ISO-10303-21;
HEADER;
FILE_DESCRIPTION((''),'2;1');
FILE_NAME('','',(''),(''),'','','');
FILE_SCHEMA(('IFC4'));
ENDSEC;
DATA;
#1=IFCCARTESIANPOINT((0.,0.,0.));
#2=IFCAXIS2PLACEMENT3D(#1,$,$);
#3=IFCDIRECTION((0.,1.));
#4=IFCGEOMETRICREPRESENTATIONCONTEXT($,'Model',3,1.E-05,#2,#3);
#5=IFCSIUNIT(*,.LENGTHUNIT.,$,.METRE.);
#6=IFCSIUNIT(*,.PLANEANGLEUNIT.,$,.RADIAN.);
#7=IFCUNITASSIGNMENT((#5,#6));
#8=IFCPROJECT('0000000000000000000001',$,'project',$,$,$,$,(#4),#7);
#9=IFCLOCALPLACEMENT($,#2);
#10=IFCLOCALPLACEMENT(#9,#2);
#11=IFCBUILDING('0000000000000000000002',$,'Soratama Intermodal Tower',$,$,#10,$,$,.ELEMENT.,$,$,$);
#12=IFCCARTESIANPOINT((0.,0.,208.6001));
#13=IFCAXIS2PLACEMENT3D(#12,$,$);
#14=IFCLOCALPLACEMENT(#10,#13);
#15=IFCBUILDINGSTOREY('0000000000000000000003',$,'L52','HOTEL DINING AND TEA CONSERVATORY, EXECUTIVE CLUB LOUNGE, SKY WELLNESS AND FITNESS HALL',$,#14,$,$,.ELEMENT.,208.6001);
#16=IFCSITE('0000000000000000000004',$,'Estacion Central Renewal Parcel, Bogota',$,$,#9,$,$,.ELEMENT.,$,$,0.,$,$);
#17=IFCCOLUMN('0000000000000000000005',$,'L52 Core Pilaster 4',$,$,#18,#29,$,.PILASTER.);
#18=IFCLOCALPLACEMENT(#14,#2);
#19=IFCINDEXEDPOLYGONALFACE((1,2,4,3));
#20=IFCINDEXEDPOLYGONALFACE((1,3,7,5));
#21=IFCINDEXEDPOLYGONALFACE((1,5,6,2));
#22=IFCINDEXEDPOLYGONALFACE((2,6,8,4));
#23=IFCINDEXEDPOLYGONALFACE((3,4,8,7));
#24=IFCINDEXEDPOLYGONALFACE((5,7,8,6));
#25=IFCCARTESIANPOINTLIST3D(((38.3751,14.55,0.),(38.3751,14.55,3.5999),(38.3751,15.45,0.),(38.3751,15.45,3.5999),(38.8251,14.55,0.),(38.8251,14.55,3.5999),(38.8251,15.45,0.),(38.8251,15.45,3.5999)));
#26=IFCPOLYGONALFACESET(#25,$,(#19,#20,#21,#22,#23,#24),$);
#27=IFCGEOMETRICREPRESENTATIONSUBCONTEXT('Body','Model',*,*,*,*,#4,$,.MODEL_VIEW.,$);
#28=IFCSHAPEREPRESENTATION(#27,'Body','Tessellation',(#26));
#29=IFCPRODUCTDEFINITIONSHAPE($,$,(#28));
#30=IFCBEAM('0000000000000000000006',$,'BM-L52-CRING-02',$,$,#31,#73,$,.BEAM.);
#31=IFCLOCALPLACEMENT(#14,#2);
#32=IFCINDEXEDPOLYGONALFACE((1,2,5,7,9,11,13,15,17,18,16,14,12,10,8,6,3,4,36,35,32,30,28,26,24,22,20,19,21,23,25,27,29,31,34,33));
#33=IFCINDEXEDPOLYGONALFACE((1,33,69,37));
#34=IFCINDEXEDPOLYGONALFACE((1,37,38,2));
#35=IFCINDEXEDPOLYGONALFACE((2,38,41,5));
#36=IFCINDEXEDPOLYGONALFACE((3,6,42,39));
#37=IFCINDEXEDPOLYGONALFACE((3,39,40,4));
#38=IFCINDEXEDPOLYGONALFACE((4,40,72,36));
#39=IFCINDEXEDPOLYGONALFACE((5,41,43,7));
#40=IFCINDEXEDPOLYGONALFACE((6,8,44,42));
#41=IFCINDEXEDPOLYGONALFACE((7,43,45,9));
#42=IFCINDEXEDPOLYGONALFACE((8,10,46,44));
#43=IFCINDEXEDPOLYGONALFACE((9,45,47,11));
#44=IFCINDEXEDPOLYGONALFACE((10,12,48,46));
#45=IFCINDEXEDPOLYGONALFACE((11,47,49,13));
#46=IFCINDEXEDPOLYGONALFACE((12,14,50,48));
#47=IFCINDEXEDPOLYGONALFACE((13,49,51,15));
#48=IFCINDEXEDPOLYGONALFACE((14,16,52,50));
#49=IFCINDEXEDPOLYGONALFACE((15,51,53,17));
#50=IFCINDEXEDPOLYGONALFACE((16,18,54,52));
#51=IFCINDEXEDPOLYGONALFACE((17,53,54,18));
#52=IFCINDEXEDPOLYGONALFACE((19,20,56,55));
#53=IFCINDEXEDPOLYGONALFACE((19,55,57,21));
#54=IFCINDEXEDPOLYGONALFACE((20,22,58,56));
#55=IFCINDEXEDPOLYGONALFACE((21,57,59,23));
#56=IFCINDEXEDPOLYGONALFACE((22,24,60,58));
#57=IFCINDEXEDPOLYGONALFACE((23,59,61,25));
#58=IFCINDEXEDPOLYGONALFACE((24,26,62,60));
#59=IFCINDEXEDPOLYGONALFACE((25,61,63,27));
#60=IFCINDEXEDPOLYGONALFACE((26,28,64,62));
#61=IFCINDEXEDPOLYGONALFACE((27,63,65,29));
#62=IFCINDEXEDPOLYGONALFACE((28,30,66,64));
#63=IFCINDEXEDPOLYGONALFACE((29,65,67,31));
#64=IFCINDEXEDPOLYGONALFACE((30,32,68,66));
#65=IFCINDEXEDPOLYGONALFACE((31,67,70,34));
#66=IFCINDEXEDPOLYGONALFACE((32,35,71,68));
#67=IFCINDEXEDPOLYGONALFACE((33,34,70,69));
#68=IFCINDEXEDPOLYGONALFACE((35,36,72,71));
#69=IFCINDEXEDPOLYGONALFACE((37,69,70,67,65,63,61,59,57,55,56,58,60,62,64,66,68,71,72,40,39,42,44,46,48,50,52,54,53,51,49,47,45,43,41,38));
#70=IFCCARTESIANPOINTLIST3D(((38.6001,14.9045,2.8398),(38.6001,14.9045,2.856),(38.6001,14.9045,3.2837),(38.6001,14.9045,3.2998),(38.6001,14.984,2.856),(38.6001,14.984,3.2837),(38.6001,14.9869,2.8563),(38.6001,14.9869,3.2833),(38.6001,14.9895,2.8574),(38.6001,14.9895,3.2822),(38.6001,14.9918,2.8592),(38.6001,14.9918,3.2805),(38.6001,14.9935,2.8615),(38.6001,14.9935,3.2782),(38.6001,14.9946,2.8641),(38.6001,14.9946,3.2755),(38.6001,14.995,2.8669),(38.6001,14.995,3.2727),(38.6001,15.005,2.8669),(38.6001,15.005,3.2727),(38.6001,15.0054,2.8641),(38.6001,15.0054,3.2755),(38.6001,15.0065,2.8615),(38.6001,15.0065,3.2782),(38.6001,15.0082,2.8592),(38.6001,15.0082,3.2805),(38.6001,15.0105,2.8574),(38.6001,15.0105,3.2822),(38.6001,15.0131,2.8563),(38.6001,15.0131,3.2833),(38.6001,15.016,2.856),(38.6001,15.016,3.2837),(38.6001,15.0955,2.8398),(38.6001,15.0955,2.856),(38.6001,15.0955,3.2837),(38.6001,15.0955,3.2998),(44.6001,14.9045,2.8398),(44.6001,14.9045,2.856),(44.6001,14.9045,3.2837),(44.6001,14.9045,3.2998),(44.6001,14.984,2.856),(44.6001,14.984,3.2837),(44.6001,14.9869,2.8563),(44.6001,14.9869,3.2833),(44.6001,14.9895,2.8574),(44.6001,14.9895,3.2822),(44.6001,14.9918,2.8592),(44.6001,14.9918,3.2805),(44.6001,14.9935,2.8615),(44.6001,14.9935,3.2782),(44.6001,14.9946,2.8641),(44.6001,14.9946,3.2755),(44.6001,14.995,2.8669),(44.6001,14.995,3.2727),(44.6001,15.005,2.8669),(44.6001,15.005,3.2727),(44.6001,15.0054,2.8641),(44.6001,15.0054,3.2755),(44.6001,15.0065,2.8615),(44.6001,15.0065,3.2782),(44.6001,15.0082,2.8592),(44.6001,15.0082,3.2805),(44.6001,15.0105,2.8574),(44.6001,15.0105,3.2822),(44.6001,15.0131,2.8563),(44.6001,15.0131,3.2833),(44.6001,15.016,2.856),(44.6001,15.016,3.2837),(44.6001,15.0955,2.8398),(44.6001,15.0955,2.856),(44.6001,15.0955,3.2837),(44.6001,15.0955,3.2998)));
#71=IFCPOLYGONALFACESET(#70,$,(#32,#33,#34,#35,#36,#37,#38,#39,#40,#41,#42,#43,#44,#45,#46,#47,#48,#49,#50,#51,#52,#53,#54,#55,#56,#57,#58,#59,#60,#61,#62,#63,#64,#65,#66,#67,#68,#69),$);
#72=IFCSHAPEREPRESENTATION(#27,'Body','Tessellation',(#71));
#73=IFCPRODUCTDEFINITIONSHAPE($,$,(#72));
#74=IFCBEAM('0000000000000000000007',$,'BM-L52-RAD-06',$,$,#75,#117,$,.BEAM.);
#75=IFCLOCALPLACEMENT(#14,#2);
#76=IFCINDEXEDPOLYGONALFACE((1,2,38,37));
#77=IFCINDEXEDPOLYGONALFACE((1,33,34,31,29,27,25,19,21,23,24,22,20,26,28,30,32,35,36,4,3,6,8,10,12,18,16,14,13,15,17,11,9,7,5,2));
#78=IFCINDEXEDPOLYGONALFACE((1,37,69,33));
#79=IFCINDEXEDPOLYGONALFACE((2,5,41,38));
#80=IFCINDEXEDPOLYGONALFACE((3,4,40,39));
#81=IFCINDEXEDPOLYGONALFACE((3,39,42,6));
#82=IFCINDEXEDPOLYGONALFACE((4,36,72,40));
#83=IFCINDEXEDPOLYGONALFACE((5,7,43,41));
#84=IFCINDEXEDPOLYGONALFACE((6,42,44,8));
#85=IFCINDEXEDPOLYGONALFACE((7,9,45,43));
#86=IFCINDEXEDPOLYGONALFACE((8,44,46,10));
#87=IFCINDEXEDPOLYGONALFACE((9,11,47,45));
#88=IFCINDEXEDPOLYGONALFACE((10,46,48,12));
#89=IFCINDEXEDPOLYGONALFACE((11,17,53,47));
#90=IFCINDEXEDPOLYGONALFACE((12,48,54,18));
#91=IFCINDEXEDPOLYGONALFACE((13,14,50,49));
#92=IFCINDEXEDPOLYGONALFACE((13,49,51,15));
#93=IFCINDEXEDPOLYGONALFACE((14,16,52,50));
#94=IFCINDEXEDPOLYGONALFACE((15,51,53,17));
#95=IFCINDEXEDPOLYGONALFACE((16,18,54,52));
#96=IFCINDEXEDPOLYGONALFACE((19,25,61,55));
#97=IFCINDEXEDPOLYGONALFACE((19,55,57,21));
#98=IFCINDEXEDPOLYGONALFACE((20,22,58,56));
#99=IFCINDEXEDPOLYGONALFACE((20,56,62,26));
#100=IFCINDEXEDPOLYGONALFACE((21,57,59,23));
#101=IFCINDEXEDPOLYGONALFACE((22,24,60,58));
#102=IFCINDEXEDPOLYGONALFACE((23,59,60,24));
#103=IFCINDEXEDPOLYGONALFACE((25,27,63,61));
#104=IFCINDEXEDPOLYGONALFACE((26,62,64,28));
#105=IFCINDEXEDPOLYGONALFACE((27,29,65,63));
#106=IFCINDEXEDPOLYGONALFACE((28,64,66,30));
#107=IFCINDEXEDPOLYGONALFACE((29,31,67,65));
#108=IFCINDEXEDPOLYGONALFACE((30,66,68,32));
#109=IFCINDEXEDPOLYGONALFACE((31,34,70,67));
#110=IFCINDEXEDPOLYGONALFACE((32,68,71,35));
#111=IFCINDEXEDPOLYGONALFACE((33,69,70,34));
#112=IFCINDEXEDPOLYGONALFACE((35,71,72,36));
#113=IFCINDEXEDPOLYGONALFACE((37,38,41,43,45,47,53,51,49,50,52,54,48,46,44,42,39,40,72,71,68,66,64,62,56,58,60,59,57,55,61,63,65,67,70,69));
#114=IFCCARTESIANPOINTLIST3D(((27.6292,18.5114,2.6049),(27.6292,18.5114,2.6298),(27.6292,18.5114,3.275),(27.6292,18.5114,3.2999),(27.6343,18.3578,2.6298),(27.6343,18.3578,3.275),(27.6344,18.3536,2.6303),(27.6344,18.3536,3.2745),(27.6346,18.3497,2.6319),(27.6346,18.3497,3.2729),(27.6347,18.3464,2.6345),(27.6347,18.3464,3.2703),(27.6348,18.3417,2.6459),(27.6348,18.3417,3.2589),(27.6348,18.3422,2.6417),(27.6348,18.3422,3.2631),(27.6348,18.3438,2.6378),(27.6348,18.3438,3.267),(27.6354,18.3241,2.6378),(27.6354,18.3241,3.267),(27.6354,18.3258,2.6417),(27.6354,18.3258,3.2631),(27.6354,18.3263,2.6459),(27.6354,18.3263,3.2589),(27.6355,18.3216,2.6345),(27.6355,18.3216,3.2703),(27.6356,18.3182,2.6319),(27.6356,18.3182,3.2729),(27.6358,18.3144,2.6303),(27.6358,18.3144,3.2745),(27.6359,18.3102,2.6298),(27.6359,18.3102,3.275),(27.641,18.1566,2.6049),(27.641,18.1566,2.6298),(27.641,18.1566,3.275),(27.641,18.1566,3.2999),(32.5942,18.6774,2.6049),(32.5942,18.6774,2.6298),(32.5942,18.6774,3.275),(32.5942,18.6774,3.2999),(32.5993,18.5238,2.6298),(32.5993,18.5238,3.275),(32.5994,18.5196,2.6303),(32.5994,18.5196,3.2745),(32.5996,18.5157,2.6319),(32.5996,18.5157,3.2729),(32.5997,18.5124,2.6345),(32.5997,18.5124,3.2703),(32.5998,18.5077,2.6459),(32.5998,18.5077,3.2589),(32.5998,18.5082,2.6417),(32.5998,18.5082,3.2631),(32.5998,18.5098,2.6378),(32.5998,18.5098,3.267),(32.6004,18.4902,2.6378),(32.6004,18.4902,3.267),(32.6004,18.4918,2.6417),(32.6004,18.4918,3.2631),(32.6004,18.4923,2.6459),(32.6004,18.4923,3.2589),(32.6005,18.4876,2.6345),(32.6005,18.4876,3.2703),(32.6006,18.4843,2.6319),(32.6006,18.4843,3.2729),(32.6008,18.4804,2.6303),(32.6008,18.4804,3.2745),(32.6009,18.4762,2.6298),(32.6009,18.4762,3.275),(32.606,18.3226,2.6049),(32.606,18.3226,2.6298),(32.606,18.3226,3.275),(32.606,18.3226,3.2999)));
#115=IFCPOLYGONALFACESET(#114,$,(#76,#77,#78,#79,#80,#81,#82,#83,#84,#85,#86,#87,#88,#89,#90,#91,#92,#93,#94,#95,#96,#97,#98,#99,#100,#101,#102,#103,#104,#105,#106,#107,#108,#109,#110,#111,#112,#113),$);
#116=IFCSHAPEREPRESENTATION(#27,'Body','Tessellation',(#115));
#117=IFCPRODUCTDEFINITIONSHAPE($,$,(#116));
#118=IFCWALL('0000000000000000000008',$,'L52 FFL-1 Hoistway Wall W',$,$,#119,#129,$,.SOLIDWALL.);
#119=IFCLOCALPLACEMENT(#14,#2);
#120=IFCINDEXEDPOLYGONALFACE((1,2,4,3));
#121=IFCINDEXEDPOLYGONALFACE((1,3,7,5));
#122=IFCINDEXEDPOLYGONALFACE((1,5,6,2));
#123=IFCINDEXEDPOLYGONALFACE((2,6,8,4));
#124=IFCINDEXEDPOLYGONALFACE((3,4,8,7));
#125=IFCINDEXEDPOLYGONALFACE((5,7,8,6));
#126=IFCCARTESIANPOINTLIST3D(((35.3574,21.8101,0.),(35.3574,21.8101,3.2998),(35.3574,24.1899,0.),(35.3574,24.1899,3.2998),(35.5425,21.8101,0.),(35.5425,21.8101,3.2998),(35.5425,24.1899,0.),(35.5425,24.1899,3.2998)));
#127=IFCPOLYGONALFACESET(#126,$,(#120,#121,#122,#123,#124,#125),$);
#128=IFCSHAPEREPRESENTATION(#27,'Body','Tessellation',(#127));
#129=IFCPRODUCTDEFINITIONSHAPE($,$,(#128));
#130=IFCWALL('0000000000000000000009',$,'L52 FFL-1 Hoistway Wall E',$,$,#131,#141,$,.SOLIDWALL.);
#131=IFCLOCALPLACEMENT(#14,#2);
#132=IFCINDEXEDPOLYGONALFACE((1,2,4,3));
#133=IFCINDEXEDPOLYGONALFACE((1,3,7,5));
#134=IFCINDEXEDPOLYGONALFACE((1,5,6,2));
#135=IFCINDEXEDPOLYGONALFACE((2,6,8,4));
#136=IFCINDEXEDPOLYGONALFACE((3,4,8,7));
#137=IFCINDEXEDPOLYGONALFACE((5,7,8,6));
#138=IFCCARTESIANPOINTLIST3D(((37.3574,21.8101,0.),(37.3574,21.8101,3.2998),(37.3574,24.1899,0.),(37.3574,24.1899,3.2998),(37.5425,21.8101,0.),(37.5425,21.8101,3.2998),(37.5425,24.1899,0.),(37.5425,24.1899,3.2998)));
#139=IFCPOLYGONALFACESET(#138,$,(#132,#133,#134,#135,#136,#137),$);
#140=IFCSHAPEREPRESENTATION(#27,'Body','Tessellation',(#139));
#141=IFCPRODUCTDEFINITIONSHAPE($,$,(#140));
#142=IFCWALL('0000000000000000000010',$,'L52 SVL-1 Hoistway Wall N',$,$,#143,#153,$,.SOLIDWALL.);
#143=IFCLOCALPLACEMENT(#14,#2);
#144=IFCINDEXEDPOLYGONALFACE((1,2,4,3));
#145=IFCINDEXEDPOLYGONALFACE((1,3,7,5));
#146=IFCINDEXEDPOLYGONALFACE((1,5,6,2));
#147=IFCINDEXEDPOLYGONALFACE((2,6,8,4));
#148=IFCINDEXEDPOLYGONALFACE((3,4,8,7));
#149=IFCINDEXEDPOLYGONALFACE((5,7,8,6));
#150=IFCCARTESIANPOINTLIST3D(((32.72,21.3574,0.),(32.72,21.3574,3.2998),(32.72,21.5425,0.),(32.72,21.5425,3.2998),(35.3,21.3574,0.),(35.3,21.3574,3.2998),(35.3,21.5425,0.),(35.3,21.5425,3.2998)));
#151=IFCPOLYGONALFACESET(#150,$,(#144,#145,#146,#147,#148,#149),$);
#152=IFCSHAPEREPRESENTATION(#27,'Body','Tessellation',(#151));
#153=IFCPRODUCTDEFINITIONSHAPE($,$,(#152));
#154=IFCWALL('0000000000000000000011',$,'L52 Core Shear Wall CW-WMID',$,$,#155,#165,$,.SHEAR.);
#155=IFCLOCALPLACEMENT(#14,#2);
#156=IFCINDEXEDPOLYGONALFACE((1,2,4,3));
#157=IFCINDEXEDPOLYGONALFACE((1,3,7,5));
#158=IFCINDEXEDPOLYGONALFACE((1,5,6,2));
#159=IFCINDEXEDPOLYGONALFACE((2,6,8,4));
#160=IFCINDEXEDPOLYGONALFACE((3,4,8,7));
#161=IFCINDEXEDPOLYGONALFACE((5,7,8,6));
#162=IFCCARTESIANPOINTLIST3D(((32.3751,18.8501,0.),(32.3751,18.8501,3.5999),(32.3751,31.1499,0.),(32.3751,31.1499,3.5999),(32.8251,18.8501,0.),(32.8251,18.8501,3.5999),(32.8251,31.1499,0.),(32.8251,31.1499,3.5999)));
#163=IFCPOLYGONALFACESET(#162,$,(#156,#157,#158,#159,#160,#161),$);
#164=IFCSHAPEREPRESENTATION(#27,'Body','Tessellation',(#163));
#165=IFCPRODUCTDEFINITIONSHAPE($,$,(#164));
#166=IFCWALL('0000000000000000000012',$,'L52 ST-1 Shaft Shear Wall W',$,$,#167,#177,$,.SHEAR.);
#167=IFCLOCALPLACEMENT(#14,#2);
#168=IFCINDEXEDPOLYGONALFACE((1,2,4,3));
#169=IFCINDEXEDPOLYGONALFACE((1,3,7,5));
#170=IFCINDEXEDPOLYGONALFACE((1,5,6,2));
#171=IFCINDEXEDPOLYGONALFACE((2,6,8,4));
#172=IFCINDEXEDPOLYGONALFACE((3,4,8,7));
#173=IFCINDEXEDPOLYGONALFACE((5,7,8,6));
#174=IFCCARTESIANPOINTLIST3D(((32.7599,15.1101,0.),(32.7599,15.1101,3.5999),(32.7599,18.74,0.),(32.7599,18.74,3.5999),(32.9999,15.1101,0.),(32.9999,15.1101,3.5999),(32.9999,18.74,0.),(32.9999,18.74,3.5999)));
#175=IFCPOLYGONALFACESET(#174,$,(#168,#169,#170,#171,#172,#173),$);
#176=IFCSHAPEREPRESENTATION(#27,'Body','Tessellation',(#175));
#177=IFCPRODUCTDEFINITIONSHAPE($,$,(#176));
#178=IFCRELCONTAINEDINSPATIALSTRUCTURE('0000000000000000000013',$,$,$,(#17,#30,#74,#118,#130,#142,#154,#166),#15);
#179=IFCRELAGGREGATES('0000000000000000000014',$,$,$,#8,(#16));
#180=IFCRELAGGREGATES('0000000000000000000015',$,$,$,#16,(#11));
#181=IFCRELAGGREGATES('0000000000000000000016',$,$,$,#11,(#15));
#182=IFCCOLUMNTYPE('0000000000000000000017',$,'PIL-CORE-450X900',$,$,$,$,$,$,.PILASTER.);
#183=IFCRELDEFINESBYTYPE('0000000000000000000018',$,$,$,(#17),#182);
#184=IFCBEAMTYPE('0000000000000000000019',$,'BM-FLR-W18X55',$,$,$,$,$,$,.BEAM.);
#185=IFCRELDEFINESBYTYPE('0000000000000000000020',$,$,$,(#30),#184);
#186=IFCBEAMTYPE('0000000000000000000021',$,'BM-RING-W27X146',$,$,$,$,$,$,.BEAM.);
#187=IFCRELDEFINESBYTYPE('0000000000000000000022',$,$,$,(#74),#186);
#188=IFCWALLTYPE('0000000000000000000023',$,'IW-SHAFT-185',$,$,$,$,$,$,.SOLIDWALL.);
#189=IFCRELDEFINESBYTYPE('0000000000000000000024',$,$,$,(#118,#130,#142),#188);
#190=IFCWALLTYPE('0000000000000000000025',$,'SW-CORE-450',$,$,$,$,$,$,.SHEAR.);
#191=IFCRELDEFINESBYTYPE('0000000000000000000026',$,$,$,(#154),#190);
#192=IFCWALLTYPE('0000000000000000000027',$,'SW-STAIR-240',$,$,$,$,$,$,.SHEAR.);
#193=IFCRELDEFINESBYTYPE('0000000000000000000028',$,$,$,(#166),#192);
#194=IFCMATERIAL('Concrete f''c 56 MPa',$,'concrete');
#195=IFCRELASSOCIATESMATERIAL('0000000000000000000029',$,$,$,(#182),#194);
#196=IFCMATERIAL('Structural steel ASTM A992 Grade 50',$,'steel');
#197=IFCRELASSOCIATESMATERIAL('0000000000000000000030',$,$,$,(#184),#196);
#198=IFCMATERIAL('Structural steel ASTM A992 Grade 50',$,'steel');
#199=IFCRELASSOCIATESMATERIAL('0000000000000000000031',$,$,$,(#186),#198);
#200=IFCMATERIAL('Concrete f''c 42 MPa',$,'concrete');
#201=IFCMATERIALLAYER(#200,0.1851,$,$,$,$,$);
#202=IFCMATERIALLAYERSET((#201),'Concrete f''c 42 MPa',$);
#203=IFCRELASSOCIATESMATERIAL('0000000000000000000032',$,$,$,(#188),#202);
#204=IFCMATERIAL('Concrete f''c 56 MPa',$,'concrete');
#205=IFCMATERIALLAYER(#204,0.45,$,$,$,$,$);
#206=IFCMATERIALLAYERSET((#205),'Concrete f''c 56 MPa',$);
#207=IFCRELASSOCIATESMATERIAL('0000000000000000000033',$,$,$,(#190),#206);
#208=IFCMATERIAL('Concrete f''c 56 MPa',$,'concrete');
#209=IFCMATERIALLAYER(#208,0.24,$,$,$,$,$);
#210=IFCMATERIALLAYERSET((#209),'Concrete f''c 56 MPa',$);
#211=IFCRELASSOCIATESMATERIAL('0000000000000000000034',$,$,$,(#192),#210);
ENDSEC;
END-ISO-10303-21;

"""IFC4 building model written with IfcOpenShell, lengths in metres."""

from ifc_helpers import new_model, si_unit, direction, frame, frame_2d, origin, origin_2d, place, context, subcontext, project, spatial, rectangle, i_section, extrude, material, layer, layer_set, material_profile, profile_set, type_object, element, save


model = new_model("IFC4")

# Units and contexts
model_context = context("Model", 3, precision=1e-05, world=origin(), true_north=direction((0.0, 1.0)))
body_context = subcontext(model_context, "Body", "Model", "MODEL_VIEW")
ifc_project = project(units=[si_unit("LENGTHUNIT", "METRE"), si_unit("PLANEANGLEUNIT", "RADIAN")], contexts=[model_context])

# Site, building, storey
site_placement = place(None, origin())
site = spatial("IfcSite", under=ifc_project, at=site_placement, Name="Estacion Central Renewal Parcel, Bogota", CompositionType="ELEMENT", RefElevation=0.0)
building_placement = place(site_placement, origin())
building = spatial("IfcBuilding", under=site, at=building_placement, Name="Soratama Intermodal Tower", CompositionType="ELEMENT")
storey_placement = place(building_placement, frame((0.0, 0.0, 208.6001)))
storey = spatial("IfcBuildingStorey", under=building, at=storey_placement, Name="L52", Description="HOTEL DINING AND TEA CONSERVATORY, EXECUTIVE CLUB LOUNGE, SKY WELLNESS AND FITNESS HALL", CompositionType="ELEMENT", Elevation=208.6001)

# Column
ifc_material_1 = material(Name="Concrete f'c 56 MPa", Category="concrete")
ifc_material_profile_1 = material_profile(ifc_material_1, rectangle(XDim=0.45, YDim=0.8999, at=origin_2d()), Name="RC450X900")
ifc_profile_set_1 = profile_set([ifc_material_profile_1], Name="Concrete f'c 56 MPa")
column_type = type_object("IfcColumnType", Name="PIL-CORE-450X900", PredefinedType="PILASTER", material=ifc_profile_set_1)
column_placement = place(storey_placement, frame((38.6001, 15.0, 0.0), z_axis=(0.0, 0.0, 1.0), x_axis=(1.0, 0.0, 0.0)))
element("IfcColumn", 1, at=column_placement, inside=storey, type_object=column_type, Name="L52 Core Pilaster 4", PredefinedType="PILASTER", context=body_context, shape_type="SweptSolid", body=[
    extrude(rectangle(XDim=0.45, YDim=0.8999, at=origin_2d()), origin(), (0.0, 0.0, 1.0), 3.5999),
])

# Beams
ifc_material_2 = material(Name="Structural steel ASTM A992 Grade 50", Category="steel")
ifc_material_profile_2 = material_profile(ifc_material_2, i_section(OverallWidth=0.1909, OverallDepth=0.46, WebThickness=0.01, FlangeThickness=0.0161, FilletRadius=0.011, at=origin_2d()), Name="W18X55")
ifc_profile_set_2 = profile_set([ifc_material_profile_2], Name="Structural steel ASTM A992 Grade 50")
beam_type_1 = type_object("IfcBeamType", Name="BM-FLR-W18X55", PredefinedType="BEAM", material=ifc_profile_set_2)
beam_1_placement = place(storey_placement, frame((38.6001, 15.0, 3.0698), z_axis=(1.0, 0.0, 0.0), x_axis=(0.0, 1.0, 0.0)))
element("IfcBeam", 2, at=beam_1_placement, inside=storey, type_object=beam_type_1, Name="BM-L52-CRING-02", PredefinedType="BEAM", context=body_context, shape_type="SweptSolid", body=[
    extrude(i_section(OverallWidth=0.1909, OverallDepth=0.46, WebThickness=0.01, FlangeThickness=0.0161, FilletRadius=0.011, at=origin_2d()), origin(), (0.0, 0.0, 1.0), 6.0),
])
ifc_material_3 = material(Name="Structural steel ASTM A992 Grade 50", Category="steel")
ifc_material_profile_3 = material_profile(ifc_material_3, i_section(OverallWidth=0.355, OverallDepth=0.6951, WebThickness=0.0154, FlangeThickness=0.0249, FilletRadius=0.0161, at=origin_2d()), Name="W27X146")
ifc_profile_set_3 = profile_set([ifc_material_profile_3], Name="Structural steel ASTM A992 Grade 50")
beam_type_2 = type_object("IfcBeamType", Name="BM-RING-W27X146", PredefinedType="BEAM", material=ifc_profile_set_3)
beam_2_placement = place(storey_placement, frame((32.6001, 18.5, 2.9524), z_axis=(-0.999441, -0.033418, 0.0), x_axis=(0.033418, -0.999441, 0.0)))
element("IfcBeam", 3, at=beam_2_placement, inside=storey, type_object=beam_type_2, Name="BM-L52-RAD-06", PredefinedType="BEAM", context=body_context, shape_type="SweptSolid", body=[
    extrude(i_section(OverallWidth=0.355, OverallDepth=0.6951, WebThickness=0.0154, FlangeThickness=0.0249, FilletRadius=0.0161, at=origin_2d()), origin(), (0.0, 0.0, 1.0), 4.9678),
])

# Shared definitions
ifc_material_4 = material(Name="Concrete f'c 42 MPa", Category="concrete")
ifc_layer_1 = layer(ifc_material_4, 0.1851)
ifc_layer_set_1 = layer_set([ifc_layer_1], Name="Concrete f'c 42 MPa")
wall_type_1 = type_object("IfcWallType", Name="IW-SHAFT-185", PredefinedType="SOLIDWALL", material=ifc_layer_set_1)

# Walls
for number, where, z_axis, x_axis, name in (
    (4, (35.45, 21.8101, 0.0), (0.0, 0.0, 1.0), (0.0, 1.0, 0.0), "L52 FFL-1 Hoistway Wall W"),
    (5, (37.45, 21.8101, 0.0), (0.0, 0.0, 1.0), (0.0, 1.0, 0.0), "L52 FFL-1 Hoistway Wall E"),
):
    element("IfcWall", number, at=place(storey_placement, frame(where, z_axis=z_axis, x_axis=x_axis)), inside=storey, type_object=wall_type_1, Name=name, PredefinedType="SOLIDWALL", context=body_context, shape_type="SweptSolid", body=[
        extrude(rectangle(XDim=2.3799, YDim=0.1851, at=frame_2d((1.1899, 0.0))), origin(), (0.0, 0.0, 1.0), 3.2998),
    ])

# Wall
wall_1_placement = place(storey_placement, frame((32.72, 21.45, 0.0), z_axis=(0.0, 0.0, 1.0), x_axis=(1.0, 0.0, 0.0)))
element("IfcWall", 6, at=wall_1_placement, inside=storey, type_object=wall_type_1, Name="L52 SVL-1 Hoistway Wall N", PredefinedType="SOLIDWALL", context=body_context, shape_type="SweptSolid", body=[
    extrude(rectangle(XDim=2.5801, YDim=0.1851, at=frame_2d((1.29, 0.0))), origin(), (0.0, 0.0, 1.0), 3.2998),
])

# Walls
ifc_material_5 = material(Name="Concrete f'c 56 MPa", Category="concrete")
ifc_layer_2 = layer(ifc_material_5, 0.45)
ifc_layer_set_2 = layer_set([ifc_layer_2], Name="Concrete f'c 56 MPa")
wall_type_2 = type_object("IfcWallType", Name="SW-CORE-450", PredefinedType="SHEAR", material=ifc_layer_set_2)
wall_2_placement = place(storey_placement, frame((32.6001, 18.8501, 0.0), z_axis=(0.0, 0.0, 1.0), x_axis=(0.0, 1.0, 0.0)))
element("IfcWall", 7, at=wall_2_placement, inside=storey, type_object=wall_type_2, Name="L52 Core Shear Wall CW-WMID", PredefinedType="SHEAR", context=body_context, shape_type="SweptSolid", body=[
    extrude(rectangle(XDim=12.2998, YDim=0.45, at=frame_2d((6.1499, 0.0))), origin(), (0.0, 0.0, 1.0), 3.5999),
])
ifc_material_6 = material(Name="Concrete f'c 56 MPa", Category="concrete")
ifc_layer_3 = layer(ifc_material_6, 0.24)
ifc_layer_set_3 = layer_set([ifc_layer_3], Name="Concrete f'c 56 MPa")
wall_type_3 = type_object("IfcWallType", Name="SW-STAIR-240", PredefinedType="SHEAR", material=ifc_layer_set_3)
wall_3_placement = place(storey_placement, frame((32.8799, 15.1101, 0.0), z_axis=(0.0, 0.0, 1.0), x_axis=(0.0, 1.0, 0.0)))
element("IfcWall", 8, at=wall_3_placement, inside=storey, type_object=wall_type_3, Name="L52 ST-1 Shaft Shear Wall W", PredefinedType="SHEAR", context=body_context, shape_type="SweptSolid", body=[
    extrude(rectangle(XDim=3.6299, YDim=0.24, at=frame_2d((1.8149, 0.0))), origin(), (0.0, 0.0, 1.0), 3.5999),
])

save(model, "model.ifc")
